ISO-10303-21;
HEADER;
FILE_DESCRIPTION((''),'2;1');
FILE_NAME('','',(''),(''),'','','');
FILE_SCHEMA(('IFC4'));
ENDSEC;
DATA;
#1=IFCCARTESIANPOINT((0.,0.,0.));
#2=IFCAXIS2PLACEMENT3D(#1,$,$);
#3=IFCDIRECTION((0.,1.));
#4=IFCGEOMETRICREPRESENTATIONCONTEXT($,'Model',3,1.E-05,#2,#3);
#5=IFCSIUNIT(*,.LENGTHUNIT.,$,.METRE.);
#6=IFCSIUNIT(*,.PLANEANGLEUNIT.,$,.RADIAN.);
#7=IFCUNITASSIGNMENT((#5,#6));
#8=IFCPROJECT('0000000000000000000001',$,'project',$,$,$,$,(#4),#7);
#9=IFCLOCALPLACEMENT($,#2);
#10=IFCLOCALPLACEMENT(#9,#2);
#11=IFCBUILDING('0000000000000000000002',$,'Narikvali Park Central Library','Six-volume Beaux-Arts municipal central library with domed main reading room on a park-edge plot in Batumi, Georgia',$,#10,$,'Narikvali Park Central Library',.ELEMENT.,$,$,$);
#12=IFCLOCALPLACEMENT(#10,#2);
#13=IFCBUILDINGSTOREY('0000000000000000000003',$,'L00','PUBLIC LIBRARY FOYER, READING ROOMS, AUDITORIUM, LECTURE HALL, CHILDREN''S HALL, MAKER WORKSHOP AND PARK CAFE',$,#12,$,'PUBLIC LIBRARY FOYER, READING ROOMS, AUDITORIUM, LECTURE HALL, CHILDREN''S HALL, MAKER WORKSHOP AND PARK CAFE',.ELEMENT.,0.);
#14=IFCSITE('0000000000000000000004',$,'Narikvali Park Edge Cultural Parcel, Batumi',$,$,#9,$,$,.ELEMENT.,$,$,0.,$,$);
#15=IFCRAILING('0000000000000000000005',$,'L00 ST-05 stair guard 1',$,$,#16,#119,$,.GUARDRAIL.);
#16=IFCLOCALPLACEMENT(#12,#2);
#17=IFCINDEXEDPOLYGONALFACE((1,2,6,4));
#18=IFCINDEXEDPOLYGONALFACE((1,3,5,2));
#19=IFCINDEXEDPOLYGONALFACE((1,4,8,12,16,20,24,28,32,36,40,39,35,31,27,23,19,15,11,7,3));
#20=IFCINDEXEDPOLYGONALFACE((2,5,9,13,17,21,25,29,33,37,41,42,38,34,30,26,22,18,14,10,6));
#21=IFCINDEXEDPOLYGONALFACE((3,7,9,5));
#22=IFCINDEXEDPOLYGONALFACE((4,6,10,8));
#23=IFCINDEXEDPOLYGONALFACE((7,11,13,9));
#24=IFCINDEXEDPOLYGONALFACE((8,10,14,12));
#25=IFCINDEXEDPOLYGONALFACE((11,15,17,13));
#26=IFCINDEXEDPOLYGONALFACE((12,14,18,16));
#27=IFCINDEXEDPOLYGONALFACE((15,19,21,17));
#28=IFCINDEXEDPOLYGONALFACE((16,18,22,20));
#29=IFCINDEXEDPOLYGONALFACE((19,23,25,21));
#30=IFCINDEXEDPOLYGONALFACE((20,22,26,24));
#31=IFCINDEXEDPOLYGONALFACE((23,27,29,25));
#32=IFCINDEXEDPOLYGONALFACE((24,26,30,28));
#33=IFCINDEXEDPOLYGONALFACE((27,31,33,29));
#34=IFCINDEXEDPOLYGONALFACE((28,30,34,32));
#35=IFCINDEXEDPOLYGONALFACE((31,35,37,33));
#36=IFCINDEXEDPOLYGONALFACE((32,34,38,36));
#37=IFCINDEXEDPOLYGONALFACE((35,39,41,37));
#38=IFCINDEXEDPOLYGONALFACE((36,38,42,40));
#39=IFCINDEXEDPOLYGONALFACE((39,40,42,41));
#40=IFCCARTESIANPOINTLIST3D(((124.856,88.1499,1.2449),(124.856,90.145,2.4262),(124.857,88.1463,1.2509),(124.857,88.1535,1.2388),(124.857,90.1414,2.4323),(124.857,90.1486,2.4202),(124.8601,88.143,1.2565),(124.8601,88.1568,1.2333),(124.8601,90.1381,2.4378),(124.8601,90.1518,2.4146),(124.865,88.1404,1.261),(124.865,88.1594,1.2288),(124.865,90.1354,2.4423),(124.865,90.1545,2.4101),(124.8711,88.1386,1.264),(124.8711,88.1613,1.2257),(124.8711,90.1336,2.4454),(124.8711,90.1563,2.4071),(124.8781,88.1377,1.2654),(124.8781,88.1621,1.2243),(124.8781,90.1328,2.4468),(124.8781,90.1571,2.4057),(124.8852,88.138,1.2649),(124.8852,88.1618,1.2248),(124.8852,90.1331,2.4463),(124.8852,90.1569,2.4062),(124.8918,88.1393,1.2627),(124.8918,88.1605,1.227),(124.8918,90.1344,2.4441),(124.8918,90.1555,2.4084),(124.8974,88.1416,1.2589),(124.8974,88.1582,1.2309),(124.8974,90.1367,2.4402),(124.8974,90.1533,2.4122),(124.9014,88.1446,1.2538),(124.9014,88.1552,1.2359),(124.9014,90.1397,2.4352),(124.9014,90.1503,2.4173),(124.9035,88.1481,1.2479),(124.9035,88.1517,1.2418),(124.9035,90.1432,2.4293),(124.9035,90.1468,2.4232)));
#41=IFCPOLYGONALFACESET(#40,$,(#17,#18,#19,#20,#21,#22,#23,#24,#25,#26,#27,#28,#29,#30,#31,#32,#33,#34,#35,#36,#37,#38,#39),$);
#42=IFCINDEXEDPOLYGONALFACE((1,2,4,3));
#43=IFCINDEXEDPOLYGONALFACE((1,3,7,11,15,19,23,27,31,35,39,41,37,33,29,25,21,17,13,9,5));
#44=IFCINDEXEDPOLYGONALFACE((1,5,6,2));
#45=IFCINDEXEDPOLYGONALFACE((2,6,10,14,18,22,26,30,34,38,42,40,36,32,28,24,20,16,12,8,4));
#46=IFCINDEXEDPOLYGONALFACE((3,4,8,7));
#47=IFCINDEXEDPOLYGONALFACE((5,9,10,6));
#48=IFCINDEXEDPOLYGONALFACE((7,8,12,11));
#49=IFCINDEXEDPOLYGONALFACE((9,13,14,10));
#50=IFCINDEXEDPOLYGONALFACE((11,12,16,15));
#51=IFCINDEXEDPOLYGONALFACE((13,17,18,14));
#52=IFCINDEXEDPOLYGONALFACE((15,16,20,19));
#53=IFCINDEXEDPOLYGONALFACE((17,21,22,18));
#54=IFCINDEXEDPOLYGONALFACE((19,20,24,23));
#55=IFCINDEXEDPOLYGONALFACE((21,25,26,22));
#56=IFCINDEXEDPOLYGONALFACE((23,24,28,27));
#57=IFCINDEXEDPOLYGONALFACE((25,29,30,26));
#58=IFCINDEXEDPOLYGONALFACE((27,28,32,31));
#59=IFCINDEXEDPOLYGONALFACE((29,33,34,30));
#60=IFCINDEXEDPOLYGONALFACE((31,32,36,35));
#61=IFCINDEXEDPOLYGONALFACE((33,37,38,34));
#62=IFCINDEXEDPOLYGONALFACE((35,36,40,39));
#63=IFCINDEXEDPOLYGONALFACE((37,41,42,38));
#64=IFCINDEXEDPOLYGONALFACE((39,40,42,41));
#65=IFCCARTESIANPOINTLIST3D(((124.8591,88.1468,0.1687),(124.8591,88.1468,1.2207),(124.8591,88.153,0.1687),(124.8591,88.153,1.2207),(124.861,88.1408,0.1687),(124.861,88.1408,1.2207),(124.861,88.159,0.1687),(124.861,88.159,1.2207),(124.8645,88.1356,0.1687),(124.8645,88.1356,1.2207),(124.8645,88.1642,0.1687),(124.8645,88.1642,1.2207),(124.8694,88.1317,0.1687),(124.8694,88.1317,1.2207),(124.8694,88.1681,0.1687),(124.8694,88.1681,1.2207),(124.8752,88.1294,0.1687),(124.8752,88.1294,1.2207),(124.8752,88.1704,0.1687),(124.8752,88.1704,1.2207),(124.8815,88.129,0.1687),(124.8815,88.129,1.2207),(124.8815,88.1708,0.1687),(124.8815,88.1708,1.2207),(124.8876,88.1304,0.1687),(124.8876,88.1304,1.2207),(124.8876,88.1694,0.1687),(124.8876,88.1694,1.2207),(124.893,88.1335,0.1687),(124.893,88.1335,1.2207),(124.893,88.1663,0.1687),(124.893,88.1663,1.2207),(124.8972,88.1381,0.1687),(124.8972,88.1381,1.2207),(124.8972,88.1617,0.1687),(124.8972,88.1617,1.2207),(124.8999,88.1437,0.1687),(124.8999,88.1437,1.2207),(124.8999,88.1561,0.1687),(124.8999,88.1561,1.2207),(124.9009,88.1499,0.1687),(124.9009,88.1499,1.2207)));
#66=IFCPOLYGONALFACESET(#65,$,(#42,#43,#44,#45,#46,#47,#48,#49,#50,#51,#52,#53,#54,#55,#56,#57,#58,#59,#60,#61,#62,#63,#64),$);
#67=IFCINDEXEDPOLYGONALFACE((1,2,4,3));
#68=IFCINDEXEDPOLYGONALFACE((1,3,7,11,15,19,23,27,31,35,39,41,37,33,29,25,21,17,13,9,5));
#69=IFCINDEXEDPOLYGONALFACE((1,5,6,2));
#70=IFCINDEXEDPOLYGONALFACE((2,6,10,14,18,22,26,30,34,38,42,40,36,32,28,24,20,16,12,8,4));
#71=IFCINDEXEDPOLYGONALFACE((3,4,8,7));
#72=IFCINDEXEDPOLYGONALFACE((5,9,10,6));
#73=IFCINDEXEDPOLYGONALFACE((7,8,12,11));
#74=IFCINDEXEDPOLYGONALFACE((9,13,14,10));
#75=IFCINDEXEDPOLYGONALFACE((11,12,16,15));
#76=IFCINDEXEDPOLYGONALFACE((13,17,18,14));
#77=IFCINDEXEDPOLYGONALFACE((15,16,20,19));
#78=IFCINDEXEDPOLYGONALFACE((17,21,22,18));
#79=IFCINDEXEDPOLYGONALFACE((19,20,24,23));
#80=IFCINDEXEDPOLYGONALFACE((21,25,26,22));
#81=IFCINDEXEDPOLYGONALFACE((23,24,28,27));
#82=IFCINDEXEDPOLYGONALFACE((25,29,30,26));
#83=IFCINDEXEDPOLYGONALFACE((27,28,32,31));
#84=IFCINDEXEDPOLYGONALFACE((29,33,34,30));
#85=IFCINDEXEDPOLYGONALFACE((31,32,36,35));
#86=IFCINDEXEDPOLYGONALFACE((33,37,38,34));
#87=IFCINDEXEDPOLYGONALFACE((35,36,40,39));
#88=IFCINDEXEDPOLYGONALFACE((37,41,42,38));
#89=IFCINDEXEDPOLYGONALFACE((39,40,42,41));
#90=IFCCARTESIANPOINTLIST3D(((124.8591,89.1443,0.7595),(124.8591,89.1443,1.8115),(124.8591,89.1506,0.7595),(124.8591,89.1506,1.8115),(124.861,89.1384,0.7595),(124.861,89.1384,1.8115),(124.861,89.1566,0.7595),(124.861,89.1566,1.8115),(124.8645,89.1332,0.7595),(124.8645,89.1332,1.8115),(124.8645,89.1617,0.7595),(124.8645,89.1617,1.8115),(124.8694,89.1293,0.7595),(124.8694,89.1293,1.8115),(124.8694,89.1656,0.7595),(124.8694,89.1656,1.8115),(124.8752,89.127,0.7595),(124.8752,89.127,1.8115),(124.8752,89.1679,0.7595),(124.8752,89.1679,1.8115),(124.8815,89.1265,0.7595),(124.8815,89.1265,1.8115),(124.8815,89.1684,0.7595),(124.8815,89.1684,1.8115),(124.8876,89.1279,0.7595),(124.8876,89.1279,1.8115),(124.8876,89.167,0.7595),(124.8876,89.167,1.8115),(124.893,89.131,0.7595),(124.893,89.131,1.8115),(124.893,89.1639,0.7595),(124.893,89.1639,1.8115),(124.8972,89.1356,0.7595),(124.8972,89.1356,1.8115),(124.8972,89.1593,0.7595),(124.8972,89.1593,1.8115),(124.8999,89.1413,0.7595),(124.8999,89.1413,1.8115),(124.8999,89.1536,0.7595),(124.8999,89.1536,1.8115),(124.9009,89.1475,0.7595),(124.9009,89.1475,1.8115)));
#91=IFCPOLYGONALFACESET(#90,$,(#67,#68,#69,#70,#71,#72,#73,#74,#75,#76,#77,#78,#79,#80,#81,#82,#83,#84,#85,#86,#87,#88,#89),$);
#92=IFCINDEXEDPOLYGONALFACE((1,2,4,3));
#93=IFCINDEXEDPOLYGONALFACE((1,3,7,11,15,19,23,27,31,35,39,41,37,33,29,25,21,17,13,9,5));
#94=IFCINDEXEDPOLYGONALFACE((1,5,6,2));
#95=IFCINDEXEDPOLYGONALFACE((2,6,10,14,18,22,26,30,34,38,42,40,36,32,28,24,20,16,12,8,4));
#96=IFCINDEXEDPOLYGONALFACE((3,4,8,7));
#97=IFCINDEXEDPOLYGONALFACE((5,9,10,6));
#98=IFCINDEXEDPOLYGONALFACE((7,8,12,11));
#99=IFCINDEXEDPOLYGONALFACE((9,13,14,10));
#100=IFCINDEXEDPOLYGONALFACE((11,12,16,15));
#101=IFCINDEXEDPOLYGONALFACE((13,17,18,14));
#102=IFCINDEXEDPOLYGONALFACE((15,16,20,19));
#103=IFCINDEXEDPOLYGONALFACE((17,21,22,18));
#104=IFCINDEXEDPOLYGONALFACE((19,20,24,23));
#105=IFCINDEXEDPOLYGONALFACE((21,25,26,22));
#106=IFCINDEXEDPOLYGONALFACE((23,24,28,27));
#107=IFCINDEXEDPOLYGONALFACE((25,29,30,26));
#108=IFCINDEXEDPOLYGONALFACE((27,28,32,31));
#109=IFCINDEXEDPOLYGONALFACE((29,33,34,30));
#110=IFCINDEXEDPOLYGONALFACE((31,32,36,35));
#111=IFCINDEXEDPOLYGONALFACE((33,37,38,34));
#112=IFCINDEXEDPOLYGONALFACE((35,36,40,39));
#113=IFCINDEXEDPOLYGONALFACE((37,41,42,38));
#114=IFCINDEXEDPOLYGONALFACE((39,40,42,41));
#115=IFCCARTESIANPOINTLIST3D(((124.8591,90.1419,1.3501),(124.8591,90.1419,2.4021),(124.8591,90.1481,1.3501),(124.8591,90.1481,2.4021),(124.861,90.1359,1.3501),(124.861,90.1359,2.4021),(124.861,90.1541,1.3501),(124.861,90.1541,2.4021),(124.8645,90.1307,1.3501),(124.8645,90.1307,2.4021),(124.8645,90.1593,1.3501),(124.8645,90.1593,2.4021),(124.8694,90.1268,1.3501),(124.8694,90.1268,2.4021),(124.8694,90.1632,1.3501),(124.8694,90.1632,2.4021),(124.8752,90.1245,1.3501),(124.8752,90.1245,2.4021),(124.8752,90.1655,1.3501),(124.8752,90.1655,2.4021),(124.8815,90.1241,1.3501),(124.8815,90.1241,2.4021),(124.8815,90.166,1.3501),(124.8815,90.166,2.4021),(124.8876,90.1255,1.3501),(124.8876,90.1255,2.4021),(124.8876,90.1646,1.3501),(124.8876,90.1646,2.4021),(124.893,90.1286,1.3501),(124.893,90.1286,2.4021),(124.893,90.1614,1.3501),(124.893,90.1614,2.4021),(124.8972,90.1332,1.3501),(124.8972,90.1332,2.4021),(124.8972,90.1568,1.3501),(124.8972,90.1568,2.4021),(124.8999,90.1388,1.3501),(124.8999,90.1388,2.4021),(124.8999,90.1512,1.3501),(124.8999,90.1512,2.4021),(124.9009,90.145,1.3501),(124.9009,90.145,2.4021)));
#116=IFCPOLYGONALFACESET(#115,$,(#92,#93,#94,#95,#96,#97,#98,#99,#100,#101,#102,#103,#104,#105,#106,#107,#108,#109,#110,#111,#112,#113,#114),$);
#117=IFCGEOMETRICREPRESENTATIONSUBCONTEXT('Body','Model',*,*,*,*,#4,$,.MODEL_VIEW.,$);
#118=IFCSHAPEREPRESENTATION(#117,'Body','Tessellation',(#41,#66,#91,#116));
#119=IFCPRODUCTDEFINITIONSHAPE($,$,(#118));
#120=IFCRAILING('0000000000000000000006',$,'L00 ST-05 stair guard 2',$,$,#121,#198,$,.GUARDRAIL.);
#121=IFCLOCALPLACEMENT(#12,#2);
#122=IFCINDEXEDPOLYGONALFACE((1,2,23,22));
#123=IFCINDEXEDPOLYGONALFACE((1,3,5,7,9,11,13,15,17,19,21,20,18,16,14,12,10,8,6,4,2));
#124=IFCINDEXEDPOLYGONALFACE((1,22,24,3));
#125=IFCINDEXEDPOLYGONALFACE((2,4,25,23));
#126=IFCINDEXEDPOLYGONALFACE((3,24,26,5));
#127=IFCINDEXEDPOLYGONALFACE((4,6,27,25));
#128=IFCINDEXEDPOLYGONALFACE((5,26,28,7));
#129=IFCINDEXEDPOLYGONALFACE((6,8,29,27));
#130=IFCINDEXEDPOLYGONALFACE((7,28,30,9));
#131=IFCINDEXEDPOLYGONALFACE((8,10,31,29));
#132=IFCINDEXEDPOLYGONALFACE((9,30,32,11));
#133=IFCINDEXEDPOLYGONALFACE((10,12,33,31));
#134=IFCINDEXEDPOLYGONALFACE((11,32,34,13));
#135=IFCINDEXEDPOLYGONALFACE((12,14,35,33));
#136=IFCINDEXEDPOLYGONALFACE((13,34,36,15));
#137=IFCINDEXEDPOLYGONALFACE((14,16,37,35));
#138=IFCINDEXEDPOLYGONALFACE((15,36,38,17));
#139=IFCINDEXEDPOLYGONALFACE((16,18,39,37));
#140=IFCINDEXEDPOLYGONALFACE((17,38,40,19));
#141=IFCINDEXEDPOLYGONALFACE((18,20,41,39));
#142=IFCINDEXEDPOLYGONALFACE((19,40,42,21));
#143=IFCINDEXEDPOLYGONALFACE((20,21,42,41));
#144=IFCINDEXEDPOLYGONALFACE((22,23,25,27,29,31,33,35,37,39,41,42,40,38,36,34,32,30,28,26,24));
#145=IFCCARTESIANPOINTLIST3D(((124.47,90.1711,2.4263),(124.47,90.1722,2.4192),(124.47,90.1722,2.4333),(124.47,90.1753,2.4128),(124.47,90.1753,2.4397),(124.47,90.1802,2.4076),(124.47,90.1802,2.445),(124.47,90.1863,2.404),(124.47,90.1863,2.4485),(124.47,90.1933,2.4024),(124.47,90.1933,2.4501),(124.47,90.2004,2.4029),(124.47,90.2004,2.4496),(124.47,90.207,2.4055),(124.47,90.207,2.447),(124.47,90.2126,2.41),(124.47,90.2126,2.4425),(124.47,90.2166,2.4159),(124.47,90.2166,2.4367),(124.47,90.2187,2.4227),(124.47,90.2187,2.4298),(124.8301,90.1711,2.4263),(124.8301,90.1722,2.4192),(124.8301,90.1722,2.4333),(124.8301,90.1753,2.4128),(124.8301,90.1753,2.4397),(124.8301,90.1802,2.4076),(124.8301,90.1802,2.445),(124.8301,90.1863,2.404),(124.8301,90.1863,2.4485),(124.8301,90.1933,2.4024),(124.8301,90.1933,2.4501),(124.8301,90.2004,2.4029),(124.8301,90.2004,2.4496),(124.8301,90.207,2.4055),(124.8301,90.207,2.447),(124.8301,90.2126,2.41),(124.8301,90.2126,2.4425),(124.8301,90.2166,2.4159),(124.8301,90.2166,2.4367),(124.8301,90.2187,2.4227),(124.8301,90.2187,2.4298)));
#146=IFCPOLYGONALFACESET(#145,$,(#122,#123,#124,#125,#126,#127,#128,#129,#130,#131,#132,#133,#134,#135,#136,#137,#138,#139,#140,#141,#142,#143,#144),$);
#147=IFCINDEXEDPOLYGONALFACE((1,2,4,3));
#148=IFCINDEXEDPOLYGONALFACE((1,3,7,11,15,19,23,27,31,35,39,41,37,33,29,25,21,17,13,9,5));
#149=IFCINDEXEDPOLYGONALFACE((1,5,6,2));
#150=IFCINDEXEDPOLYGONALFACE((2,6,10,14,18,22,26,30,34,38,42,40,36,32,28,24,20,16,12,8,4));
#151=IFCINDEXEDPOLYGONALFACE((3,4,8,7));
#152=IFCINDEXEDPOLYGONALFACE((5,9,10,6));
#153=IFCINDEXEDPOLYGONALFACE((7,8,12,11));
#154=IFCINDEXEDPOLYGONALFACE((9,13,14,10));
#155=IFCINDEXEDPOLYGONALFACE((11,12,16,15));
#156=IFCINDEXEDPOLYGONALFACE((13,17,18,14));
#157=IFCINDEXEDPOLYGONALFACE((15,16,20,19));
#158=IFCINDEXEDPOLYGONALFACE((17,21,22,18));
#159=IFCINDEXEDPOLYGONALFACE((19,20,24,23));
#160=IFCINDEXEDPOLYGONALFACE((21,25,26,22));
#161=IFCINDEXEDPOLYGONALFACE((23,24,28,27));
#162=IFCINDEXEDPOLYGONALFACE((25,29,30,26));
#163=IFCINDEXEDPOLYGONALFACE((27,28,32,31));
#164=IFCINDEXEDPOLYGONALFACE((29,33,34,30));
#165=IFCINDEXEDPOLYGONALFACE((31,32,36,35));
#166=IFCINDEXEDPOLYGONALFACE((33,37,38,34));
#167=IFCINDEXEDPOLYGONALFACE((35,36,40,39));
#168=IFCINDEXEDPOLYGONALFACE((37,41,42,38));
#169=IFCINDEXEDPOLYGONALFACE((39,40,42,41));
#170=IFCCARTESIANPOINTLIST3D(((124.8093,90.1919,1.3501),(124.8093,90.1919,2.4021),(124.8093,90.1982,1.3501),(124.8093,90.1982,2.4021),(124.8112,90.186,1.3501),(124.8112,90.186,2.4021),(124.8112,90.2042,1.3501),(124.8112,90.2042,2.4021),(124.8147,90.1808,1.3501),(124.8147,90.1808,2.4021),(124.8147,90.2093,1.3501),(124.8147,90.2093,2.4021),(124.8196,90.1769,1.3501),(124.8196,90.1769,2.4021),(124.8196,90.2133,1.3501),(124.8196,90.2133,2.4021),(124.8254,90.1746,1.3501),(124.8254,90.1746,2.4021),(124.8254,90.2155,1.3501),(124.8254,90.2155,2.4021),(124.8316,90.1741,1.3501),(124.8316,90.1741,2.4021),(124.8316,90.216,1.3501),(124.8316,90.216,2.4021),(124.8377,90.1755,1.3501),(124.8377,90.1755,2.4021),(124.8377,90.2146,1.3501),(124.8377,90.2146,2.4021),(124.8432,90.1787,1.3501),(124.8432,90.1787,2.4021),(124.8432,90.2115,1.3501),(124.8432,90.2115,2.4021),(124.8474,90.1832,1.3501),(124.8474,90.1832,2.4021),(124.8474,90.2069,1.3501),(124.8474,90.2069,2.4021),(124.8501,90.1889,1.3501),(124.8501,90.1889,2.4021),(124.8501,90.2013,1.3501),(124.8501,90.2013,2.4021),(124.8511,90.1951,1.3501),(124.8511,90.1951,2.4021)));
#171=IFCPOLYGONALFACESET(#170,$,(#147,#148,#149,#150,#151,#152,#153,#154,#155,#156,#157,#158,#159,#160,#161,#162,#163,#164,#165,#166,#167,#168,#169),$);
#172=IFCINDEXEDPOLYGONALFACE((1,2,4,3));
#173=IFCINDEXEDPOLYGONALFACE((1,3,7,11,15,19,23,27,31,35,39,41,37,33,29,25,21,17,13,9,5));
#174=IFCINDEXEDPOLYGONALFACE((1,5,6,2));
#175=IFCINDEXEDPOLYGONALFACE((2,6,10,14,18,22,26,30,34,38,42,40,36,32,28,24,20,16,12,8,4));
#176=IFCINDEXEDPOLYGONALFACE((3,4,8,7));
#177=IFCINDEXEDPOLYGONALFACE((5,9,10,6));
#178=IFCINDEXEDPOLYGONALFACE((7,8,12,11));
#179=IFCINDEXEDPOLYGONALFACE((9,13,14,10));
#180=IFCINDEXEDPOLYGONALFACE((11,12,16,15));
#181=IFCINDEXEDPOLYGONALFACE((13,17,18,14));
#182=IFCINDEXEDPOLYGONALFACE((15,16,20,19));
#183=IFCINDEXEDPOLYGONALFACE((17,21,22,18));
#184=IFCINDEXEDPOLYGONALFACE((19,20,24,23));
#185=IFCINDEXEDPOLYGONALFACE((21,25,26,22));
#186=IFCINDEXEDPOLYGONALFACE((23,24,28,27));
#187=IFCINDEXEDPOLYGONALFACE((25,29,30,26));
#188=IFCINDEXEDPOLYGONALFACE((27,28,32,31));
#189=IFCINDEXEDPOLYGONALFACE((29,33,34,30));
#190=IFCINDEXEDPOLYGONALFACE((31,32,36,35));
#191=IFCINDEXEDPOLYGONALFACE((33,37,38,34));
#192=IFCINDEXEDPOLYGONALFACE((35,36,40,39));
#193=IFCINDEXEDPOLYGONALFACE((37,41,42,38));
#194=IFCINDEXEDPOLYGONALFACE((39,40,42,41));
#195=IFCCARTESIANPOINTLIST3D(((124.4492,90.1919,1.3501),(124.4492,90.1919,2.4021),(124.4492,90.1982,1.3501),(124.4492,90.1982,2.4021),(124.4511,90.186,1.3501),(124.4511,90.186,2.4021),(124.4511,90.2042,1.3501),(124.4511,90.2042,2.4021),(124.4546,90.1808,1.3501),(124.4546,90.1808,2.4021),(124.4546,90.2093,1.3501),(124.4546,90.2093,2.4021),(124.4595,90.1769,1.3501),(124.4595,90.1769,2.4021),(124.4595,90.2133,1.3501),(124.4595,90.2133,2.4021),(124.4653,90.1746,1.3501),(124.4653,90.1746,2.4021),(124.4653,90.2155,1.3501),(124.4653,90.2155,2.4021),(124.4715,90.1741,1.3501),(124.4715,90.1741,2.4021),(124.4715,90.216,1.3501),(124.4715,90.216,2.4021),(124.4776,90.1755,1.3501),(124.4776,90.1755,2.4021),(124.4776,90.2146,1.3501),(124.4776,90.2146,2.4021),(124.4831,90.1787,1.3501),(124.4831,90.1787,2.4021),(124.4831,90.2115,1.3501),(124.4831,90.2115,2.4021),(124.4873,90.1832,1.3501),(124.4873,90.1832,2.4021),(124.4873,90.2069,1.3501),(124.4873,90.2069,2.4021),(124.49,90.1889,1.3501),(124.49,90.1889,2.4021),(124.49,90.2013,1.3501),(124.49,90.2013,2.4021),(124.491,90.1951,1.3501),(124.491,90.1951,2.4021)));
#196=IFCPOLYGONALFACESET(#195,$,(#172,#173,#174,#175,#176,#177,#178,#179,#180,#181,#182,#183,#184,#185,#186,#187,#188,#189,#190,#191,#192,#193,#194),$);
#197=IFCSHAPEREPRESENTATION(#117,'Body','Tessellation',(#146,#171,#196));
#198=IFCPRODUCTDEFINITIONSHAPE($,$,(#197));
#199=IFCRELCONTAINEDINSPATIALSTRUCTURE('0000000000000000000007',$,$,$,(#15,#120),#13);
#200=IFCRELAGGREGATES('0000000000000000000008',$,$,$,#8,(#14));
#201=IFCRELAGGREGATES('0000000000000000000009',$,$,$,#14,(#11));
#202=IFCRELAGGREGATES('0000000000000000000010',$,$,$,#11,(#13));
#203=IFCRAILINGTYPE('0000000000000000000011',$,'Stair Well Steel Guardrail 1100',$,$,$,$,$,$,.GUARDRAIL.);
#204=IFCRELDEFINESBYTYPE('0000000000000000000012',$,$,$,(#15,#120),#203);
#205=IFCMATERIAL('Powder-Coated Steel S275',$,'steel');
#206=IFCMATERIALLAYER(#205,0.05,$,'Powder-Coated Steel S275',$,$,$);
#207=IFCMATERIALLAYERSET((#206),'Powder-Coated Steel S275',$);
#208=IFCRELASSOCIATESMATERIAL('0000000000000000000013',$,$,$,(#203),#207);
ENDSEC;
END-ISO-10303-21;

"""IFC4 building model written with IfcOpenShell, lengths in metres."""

from ifc_helpers import new_model, si_unit, direction, frame, origin, origin_2d, place, context, subcontext, project, spatial, circle, extrude, material, layer, layer_set, type_object, element, save


model = new_model("IFC4")

# Units and contexts
model_context = context("Model", 3, precision=1e-05, world=origin(), true_north=direction((0.0, 1.0)))
body_context = subcontext(model_context, "Body", "Model", "MODEL_VIEW")
ifc_project = project(units=[si_unit("LENGTHUNIT", "METRE"), si_unit("PLANEANGLEUNIT", "RADIAN")], contexts=[model_context])

# Site, building, storey
site_placement = place(None, origin())
site = spatial("IfcSite", under=ifc_project, at=site_placement, Name="Narikvali Park Edge Cultural Parcel, Batumi", CompositionType="ELEMENT", RefElevation=0.0)
building_placement = place(site_placement, origin())
building = spatial("IfcBuilding", under=site, at=building_placement, Name="Narikvali Park Central Library", Description="Six-volume Beaux-Arts municipal central library with domed main reading room on a park-edge plot in Batumi, Georgia", LongName="Narikvali Park Central Library", CompositionType="ELEMENT")
storey_placement = place(building_placement, origin())
storey = spatial("IfcBuildingStorey", under=building, at=storey_placement, Name="L00", Description="PUBLIC LIBRARY FOYER, READING ROOMS, AUDITORIUM, LECTURE HALL, CHILDREN'S HALL, MAKER WORKSHOP AND PARK CAFE", LongName="PUBLIC LIBRARY FOYER, READING ROOMS, AUDITORIUM, LECTURE HALL, CHILDREN'S HALL, MAKER WORKSHOP AND PARK CAFE", CompositionType="ELEMENT", Elevation=0.0)

# Railings
ifc_material_1 = material(Name="Powder-Coated Steel S275", Category="steel")
ifc_layer_1 = layer(ifc_material_1, 0.05, Name="Powder-Coated Steel S275")
ifc_layer_set_1 = layer_set([ifc_layer_1], Name="Powder-Coated Steel S275")
railing_type_1 = type_object("IfcRailingType", Name="Stair Well Steel Guardrail 1100", PredefinedType="GUARDRAIL", material=ifc_layer_set_1)
railing_1_placement = place(storey_placement, frame((124.8799, 88.1499, 0.1687)))
element("IfcRailing", 1, at=railing_1_placement, inside=storey, type_object=railing_type_1, Name="L00 ST-05 stair guard 1", PredefinedType="GUARDRAIL", context=body_context, shape_type="SweptSolid", body=[
    extrude(circle(Radius=0.0239, at=origin_2d()), frame((0.0, 0.0, 1.0762), z_axis=(0.0, 0.860461, 0.509517), x_axis=(-1.0, 0.0, 0.0)), (0.0, 0.0, 1.0), 2.3186),
    extrude(circle(Radius=0.021, at=origin_2d()), origin(), (0.0, 0.0, 1.0), 1.052),
    extrude(circle(Radius=0.021, at=origin_2d()), frame((0.0, 0.9976, 0.5908)), (0.0, 0.0, 1.0), 1.052),
    extrude(circle(Radius=0.021, at=origin_2d()), frame((0.0, 1.9951, 1.1814)), (0.0, 0.0, 1.0), 1.052),
])
railing_2_placement = place(storey_placement, frame((124.8301, 90.1951, 1.3501)))
element("IfcRailing", 2, at=railing_2_placement, inside=storey, type_object=railing_type_1, Name="L00 ST-05 stair guard 2", PredefinedType="GUARDRAIL", context=body_context, shape_type="SweptSolid", body=[
    extrude(circle(Radius=0.0239, at=origin_2d()), frame((0.0, 0.0, 1.0762), z_axis=(-1.0, 0.0, 0.0), x_axis=(0.0, -1.0, 0.0)), (0.0, 0.0, 1.0), 0.3601),
    extrude(circle(Radius=0.021, at=origin_2d()), origin(), (0.0, 0.0, 1.0), 1.052),
    extrude(circle(Radius=0.021, at=origin_2d()), frame((-0.3601, 0.0, 0.0)), (0.0, 0.0, 1.0), 1.052),
])

save(model, "model.ifc")
